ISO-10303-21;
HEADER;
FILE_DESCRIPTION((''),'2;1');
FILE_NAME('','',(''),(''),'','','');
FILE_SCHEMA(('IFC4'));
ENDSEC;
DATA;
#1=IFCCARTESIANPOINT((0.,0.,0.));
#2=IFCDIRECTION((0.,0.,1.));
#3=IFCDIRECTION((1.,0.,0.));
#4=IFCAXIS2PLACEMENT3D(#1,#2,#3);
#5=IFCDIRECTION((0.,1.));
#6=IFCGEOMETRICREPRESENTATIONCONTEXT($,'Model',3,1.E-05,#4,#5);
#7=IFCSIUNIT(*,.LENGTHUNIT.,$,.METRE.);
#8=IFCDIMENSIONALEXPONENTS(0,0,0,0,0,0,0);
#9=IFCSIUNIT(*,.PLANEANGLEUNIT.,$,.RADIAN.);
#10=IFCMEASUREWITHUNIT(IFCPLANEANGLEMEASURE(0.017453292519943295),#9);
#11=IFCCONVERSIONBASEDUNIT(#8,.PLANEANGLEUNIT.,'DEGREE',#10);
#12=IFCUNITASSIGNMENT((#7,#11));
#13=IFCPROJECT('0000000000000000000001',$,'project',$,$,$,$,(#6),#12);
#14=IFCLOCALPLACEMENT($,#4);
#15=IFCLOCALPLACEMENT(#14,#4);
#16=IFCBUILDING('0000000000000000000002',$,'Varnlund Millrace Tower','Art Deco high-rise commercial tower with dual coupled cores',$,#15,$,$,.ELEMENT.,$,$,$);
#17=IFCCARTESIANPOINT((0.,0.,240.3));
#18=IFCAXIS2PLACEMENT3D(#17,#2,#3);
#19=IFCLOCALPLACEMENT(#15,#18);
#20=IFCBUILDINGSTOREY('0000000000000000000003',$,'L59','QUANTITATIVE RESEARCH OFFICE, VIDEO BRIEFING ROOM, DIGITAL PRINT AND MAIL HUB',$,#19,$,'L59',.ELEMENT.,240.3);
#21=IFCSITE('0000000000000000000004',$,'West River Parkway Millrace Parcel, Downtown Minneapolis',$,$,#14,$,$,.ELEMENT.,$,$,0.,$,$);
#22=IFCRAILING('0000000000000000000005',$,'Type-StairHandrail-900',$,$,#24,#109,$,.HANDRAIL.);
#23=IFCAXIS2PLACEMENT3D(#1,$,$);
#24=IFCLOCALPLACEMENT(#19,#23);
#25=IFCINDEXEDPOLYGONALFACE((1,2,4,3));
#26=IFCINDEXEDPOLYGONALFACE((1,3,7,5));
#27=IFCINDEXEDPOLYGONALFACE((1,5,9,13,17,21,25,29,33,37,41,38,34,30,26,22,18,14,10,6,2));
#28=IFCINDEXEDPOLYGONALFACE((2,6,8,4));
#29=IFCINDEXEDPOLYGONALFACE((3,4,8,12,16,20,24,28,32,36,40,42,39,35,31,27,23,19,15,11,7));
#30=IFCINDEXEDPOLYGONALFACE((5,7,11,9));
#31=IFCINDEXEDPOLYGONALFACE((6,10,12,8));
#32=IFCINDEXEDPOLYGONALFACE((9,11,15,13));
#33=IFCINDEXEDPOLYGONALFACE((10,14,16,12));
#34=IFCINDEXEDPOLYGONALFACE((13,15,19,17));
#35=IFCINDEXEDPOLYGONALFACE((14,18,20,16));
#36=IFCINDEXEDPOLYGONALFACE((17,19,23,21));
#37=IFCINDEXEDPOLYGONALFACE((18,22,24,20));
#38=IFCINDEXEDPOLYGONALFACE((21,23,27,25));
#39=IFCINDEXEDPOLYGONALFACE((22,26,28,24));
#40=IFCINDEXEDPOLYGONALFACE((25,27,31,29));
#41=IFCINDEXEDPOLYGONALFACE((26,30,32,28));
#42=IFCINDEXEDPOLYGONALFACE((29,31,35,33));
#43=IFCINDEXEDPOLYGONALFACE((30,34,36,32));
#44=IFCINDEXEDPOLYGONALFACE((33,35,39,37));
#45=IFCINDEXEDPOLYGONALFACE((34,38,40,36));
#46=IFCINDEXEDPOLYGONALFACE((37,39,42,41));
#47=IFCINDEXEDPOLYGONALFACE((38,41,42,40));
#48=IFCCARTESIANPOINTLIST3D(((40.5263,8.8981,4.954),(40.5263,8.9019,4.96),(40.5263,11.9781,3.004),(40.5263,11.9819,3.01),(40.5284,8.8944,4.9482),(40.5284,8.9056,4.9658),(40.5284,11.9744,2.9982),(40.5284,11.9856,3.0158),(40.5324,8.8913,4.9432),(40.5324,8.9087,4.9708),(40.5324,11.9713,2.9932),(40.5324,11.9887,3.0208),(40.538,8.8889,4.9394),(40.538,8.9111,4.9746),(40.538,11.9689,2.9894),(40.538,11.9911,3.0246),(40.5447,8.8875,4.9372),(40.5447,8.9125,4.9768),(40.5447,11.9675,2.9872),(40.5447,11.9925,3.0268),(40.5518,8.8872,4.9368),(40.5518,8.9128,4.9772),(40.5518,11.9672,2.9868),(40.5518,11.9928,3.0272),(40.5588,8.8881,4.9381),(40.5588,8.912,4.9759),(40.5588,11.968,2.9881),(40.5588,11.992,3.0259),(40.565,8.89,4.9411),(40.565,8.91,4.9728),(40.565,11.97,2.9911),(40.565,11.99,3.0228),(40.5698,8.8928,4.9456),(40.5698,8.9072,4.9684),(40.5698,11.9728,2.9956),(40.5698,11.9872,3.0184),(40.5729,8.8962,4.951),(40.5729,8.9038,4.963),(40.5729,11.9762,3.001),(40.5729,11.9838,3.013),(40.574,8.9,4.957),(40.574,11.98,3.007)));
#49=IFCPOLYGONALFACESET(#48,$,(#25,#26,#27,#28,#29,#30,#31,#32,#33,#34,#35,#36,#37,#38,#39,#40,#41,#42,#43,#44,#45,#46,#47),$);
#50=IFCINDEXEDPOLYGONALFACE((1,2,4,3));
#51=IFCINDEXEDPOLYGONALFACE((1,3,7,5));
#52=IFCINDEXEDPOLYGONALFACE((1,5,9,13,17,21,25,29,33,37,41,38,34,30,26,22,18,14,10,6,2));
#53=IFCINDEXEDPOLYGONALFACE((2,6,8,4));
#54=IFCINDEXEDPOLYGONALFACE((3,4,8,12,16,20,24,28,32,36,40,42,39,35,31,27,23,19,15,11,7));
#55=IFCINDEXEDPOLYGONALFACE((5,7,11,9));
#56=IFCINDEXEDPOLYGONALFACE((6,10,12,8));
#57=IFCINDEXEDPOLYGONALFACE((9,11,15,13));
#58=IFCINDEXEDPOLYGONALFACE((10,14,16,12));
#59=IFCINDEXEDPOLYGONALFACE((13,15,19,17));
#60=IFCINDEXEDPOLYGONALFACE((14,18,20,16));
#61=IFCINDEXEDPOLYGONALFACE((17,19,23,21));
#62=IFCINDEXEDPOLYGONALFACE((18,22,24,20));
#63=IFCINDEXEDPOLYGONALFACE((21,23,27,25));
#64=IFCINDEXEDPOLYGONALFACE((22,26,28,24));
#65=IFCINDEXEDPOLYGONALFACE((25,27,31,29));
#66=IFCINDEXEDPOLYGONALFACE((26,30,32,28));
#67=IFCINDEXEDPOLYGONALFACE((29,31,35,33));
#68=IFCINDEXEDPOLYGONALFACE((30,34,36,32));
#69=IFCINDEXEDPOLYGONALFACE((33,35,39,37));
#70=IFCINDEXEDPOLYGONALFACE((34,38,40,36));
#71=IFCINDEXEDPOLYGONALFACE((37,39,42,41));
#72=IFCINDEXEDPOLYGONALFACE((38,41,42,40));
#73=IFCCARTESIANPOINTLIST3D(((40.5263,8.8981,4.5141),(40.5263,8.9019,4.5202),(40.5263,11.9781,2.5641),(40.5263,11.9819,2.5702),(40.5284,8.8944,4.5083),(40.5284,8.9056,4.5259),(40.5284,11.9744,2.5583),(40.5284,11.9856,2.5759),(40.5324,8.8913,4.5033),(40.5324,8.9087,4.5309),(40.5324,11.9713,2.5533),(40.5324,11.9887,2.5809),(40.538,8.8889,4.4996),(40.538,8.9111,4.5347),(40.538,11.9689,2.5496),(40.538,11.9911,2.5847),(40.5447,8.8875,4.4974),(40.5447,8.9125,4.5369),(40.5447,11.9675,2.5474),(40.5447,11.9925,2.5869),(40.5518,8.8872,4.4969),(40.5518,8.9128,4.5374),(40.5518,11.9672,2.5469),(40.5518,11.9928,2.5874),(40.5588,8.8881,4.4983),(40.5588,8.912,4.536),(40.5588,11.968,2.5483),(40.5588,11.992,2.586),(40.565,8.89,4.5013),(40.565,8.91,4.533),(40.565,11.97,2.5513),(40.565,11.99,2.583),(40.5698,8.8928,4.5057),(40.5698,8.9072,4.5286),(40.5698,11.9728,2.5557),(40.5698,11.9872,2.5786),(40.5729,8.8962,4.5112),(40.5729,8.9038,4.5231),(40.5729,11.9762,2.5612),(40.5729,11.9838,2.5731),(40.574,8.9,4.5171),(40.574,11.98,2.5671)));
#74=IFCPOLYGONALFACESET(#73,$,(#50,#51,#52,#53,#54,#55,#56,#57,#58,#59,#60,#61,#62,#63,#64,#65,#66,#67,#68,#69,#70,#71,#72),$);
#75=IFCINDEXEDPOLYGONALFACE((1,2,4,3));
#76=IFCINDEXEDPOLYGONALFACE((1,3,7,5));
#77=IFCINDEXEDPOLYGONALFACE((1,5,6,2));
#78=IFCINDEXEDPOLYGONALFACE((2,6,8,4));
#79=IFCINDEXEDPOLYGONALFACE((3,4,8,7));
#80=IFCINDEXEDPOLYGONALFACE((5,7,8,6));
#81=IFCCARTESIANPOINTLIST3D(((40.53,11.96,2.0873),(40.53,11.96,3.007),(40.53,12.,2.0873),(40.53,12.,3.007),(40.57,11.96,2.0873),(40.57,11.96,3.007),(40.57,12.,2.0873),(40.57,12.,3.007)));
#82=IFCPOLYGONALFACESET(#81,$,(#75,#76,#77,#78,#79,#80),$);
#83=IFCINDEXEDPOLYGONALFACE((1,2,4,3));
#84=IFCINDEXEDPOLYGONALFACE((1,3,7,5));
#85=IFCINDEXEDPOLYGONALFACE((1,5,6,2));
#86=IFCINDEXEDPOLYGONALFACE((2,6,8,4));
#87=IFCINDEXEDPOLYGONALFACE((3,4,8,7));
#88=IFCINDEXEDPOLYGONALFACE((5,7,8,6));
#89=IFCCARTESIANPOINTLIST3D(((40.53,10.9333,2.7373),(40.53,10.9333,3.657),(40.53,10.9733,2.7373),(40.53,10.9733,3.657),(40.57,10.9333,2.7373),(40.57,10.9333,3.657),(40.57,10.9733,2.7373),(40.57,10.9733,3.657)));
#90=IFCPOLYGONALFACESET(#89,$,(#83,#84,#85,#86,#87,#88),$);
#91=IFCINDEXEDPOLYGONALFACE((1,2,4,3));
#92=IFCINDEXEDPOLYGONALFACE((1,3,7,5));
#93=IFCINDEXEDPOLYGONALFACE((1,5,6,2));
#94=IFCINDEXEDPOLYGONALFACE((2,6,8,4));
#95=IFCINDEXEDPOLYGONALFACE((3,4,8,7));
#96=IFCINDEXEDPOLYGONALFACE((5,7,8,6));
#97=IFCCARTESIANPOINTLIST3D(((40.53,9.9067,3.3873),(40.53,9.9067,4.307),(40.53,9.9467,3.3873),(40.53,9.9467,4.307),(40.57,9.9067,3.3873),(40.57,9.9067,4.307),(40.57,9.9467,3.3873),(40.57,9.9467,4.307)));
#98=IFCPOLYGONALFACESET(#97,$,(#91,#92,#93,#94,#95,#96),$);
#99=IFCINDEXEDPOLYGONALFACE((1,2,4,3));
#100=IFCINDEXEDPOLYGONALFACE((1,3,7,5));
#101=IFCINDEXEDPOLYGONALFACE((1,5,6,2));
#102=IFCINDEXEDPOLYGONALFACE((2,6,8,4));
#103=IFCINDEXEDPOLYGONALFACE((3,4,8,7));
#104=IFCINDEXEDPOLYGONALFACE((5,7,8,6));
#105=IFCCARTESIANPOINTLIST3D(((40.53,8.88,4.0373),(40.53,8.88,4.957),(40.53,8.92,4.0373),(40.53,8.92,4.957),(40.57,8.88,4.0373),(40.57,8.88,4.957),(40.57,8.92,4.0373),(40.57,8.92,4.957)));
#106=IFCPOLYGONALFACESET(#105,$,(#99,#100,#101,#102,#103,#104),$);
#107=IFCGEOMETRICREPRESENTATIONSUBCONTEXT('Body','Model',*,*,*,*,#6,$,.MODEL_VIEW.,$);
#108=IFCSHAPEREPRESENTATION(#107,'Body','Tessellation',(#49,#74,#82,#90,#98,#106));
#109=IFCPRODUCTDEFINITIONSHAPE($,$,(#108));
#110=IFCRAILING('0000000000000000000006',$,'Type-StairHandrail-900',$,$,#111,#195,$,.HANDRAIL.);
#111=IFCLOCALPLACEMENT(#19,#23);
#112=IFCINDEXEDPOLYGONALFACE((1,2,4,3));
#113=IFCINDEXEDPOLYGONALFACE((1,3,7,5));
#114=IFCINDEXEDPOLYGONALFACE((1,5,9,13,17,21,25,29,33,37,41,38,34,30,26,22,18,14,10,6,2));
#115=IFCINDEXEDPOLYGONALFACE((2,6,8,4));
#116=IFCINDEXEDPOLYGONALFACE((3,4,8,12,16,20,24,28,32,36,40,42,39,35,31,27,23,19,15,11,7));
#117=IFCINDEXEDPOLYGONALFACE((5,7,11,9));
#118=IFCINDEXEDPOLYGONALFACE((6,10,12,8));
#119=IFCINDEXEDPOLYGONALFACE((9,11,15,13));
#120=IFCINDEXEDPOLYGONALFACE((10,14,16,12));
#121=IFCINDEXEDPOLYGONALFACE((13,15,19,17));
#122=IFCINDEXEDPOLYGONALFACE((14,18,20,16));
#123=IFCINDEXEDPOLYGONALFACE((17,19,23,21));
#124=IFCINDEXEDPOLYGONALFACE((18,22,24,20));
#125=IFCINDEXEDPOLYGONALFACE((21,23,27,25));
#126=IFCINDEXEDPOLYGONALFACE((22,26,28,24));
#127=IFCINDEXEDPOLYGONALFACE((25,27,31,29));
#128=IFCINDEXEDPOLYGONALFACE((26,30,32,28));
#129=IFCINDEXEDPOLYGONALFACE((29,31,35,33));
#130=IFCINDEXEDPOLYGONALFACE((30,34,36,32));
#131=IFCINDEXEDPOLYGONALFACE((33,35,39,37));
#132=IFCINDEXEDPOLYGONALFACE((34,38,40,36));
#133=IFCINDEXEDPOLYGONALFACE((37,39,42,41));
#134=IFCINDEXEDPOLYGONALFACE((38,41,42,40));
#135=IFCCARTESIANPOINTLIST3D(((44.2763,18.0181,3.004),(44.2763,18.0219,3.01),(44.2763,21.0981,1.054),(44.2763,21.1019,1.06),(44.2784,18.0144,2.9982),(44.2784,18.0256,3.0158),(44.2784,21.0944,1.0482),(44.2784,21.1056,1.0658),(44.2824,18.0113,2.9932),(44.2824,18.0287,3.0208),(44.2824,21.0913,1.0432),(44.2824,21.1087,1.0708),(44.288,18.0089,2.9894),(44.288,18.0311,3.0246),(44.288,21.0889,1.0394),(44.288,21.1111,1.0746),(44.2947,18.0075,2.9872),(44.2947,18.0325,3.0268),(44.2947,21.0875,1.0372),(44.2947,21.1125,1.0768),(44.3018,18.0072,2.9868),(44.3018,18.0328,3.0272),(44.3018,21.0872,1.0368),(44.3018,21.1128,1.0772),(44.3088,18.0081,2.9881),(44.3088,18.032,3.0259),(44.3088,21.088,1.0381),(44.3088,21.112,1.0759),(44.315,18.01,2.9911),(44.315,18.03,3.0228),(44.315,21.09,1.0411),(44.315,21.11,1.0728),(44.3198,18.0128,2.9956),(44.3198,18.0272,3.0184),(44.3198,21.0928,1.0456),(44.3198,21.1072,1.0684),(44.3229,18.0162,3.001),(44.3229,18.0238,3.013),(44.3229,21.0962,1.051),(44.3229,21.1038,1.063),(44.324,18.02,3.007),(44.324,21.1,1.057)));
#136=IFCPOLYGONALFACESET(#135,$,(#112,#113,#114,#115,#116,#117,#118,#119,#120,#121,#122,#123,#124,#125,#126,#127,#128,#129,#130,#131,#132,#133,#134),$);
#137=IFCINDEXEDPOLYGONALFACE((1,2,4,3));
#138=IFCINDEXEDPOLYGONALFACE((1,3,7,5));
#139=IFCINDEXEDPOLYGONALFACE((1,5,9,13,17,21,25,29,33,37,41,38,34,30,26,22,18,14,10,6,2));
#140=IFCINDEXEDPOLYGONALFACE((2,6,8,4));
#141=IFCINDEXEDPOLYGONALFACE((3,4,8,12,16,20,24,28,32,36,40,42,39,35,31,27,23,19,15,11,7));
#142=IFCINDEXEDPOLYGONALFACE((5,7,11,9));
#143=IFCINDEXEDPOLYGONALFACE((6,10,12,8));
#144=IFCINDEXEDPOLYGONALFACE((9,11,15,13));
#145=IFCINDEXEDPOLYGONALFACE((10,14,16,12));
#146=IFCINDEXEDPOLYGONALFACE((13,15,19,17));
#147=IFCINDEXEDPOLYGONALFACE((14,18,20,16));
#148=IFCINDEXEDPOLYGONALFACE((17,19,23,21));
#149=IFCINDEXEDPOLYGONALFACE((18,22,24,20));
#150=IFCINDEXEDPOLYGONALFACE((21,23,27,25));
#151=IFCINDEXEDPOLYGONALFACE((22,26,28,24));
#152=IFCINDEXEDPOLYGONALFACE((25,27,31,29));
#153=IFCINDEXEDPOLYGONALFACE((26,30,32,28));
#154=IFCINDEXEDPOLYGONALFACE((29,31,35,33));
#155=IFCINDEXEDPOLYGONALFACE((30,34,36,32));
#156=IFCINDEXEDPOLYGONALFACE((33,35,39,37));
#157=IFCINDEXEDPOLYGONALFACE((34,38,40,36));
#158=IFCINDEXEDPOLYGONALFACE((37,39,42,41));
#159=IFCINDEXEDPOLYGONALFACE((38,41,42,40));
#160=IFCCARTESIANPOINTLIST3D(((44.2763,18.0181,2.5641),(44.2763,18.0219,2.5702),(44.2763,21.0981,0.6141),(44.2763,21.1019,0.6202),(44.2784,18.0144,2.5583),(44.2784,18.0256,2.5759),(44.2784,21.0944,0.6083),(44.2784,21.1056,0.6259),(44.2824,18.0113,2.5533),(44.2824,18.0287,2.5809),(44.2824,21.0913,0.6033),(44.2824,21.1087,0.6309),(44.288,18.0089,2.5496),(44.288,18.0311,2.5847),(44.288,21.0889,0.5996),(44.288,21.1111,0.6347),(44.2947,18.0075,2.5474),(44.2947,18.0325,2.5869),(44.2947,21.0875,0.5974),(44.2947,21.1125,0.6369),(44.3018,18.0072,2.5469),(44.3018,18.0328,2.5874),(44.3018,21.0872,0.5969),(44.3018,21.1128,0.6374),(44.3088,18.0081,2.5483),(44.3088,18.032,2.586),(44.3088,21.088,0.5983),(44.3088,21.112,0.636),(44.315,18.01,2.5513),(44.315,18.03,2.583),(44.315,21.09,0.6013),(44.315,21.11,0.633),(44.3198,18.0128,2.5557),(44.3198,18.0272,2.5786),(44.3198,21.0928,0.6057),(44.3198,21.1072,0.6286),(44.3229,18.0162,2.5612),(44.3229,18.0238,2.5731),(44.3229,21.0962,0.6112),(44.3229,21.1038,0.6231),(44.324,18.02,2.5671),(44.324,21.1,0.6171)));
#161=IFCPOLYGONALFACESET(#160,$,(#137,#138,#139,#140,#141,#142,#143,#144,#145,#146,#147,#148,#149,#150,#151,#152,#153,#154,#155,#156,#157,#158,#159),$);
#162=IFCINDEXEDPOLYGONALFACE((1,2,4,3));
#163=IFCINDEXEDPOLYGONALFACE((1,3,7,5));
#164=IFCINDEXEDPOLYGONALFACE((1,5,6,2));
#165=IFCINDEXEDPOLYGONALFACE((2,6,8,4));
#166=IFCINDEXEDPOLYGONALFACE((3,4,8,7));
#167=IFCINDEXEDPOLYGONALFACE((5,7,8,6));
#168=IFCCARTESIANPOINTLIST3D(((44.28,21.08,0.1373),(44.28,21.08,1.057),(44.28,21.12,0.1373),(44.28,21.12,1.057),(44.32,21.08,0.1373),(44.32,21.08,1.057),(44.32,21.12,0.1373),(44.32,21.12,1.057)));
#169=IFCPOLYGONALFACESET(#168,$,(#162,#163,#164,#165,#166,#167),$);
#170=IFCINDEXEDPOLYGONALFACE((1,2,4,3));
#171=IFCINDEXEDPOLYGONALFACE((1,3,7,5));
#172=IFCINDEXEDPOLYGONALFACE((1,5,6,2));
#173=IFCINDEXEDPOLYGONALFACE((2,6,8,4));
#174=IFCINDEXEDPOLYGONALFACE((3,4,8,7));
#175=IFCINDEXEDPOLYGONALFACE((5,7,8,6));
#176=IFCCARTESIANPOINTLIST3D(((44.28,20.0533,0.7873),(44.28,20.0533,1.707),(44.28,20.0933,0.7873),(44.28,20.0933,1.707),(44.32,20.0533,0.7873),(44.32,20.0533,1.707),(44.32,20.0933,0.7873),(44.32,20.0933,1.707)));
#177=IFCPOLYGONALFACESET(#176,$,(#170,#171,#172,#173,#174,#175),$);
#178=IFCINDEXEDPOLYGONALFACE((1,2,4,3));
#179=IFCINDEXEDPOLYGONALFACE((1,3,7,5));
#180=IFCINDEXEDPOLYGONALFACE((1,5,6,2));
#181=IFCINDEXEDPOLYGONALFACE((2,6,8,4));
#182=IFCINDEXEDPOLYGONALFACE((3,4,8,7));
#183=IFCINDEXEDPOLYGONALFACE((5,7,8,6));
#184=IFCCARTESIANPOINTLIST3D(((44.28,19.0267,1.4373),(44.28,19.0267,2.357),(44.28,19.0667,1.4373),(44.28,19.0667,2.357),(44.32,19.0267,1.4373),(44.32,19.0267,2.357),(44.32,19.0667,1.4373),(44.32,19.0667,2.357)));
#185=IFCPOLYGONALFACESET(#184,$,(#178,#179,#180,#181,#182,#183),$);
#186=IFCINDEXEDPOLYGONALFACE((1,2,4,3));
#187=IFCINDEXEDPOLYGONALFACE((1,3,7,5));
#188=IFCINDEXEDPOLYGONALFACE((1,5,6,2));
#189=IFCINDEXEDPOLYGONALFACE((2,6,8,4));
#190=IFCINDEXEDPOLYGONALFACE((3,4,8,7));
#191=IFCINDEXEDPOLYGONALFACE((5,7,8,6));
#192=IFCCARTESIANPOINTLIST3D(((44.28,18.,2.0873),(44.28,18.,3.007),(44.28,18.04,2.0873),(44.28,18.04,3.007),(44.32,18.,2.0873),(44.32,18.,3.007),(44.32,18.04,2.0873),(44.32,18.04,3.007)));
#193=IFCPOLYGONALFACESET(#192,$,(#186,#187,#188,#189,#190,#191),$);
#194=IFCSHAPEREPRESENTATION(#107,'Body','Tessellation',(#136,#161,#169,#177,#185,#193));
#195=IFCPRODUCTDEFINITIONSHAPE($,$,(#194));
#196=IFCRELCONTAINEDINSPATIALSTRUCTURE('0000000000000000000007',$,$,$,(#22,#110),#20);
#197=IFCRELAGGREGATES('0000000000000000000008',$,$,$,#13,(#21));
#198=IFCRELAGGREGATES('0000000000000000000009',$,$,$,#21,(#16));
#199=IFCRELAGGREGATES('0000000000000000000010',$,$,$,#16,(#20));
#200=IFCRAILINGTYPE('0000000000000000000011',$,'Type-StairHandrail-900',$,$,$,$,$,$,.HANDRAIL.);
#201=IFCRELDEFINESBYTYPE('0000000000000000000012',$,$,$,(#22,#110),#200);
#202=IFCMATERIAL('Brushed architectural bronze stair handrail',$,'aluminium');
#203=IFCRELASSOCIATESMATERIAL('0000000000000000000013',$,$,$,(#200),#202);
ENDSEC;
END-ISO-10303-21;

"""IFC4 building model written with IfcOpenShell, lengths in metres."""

from ifc_helpers import new_model, entity, si_unit, converted_unit, direction, frame, origin_with_axes, origin_2d_with_axis, place, context, subcontext, project, spatial, rectangle, circle, extrude, material, type_object, element, save


model = new_model("IFC4")

# Units and contexts
model_context = context("Model", 3, precision=1e-05, world=origin_with_axes(), true_north=direction((0.0, 1.0)))
body_context = subcontext(model_context, "Body", "Model", "MODEL_VIEW")
ifc_project = project(units=[si_unit("LENGTHUNIT", "METRE"), converted_unit("PLANEANGLEUNIT", "DEGREE", entity("IfcPlaneAngleMeasure", 0.017453292519943295), si_unit("PLANEANGLEUNIT", "RADIAN"), dimensions=[0, 0, 0, 0, 0, 0, 0])], contexts=[model_context])

# Site, building, storey
site_placement = place(None, origin_with_axes())
site = spatial("IfcSite", under=ifc_project, at=site_placement, Name="West River Parkway Millrace Parcel, Downtown Minneapolis", CompositionType="ELEMENT", RefElevation=0.0)
building_placement = place(site_placement, origin_with_axes())
building = spatial("IfcBuilding", under=site, at=building_placement, Name="Varnlund Millrace Tower", Description="Art Deco high-rise commercial tower with dual coupled cores", CompositionType="ELEMENT")
storey_placement = place(building_placement, frame((0.0, 0.0, 240.3), z_axis=(0.0, 0.0, 1.0), x_axis=(1.0, 0.0, 0.0)))
storey = spatial("IfcBuildingStorey", under=building, at=storey_placement, Name="L59", Description="QUANTITATIVE RESEARCH OFFICE, VIDEO BRIEFING ROOM, DIGITAL PRINT AND MAIL HUB", LongName="L59", CompositionType="ELEMENT", Elevation=240.3)

# Railings
ifc_material_1 = material(Name="Brushed architectural bronze stair handrail", Category="aluminium")
railing_type_1 = type_object("IfcRailingType", Name="Type-StairHandrail-900", PredefinedType="HANDRAIL", material=ifc_material_1)
railing_1_placement = place(storey_placement, frame((0.0, 0.0, -240.3), z_axis=(0.0, 0.0, 1.0), x_axis=(1.0, 0.0, 0.0)))
element("IfcRailing", 1, at=railing_1_placement, inside=storey, type_object=railing_type_1, Name="Type-StairHandrail-900", PredefinedType="HANDRAIL", context=body_context, shape_type="SweptSolid", body=[
    extrude(circle(Radius=0.024, at=origin_2d_with_axis()), frame((40.55, 11.98, 243.307), z_axis=(0.0, -0.844902, 0.534922), x_axis=(1.0, 0.0, 0.0)), (0.0, 0.0, 1.0), 3.6454),
    extrude(circle(Radius=0.024, at=origin_2d_with_axis()), frame((40.55, 11.98, 242.8671), z_axis=(0.0, -0.844902, 0.534922), x_axis=(1.0, 0.0, 0.0)), (0.0, 0.0, 1.0), 3.6454),
    extrude(rectangle(XDim=0.04, YDim=0.04, at=origin_2d_with_axis()), frame((40.55, 11.98, 242.3873), z_axis=(0.0, 0.0, 1.0), x_axis=(1.0, 0.0, 0.0)), (0.0, 0.0, 1.0), 0.9197),
    extrude(rectangle(XDim=0.04, YDim=0.04, at=origin_2d_with_axis()), frame((40.55, 10.9533, 243.0373), z_axis=(0.0, 0.0, 1.0), x_axis=(1.0, 0.0, 0.0)), (0.0, 0.0, 1.0), 0.9197),
    extrude(rectangle(XDim=0.04, YDim=0.04, at=origin_2d_with_axis()), frame((40.55, 9.9267, 243.6873), z_axis=(0.0, 0.0, 1.0), x_axis=(1.0, 0.0, 0.0)), (0.0, 0.0, 1.0), 0.9197),
    extrude(rectangle(XDim=0.04, YDim=0.04, at=origin_2d_with_axis()), frame((40.55, 8.9, 244.3373), z_axis=(0.0, 0.0, 1.0), x_axis=(1.0, 0.0, 0.0)), (0.0, 0.0, 1.0), 0.9197),
])
railing_2_placement = place(storey_placement, frame((0.0, 0.0, -240.3), z_axis=(0.0, 0.0, 1.0), x_axis=(1.0, 0.0, 0.0)))
element("IfcRailing", 2, at=railing_2_placement, inside=storey, type_object=railing_type_1, Name="Type-StairHandrail-900", PredefinedType="HANDRAIL", context=body_context, shape_type="SweptSolid", body=[
    extrude(circle(Radius=0.024, at=origin_2d_with_axis()), frame((44.3, 21.1, 241.357), z_axis=(0.0, -0.844902, 0.534922), x_axis=(1.0, 0.0, 0.0)), (0.0, 0.0, 1.0), 3.6454),
    extrude(circle(Radius=0.024, at=origin_2d_with_axis()), frame((44.3, 21.1, 240.9171), z_axis=(0.0, -0.844902, 0.534922), x_axis=(1.0, 0.0, 0.0)), (0.0, 0.0, 1.0), 3.6454),
    extrude(rectangle(XDim=0.04, YDim=0.04, at=origin_2d_with_axis()), frame((44.3, 21.1, 240.4373), z_axis=(0.0, 0.0, 1.0), x_axis=(1.0, 0.0, 0.0)), (0.0, 0.0, 1.0), 0.9197),
    extrude(rectangle(XDim=0.04, YDim=0.04, at=origin_2d_with_axis()), frame((44.3, 20.0733, 241.0873), z_axis=(0.0, 0.0, 1.0), x_axis=(1.0, 0.0, 0.0)), (0.0, 0.0, 1.0), 0.9197),
    extrude(rectangle(XDim=0.04, YDim=0.04, at=origin_2d_with_axis()), frame((44.3, 19.0467, 241.7373), z_axis=(0.0, 0.0, 1.0), x_axis=(1.0, 0.0, 0.0)), (0.0, 0.0, 1.0), 0.9197),
    extrude(rectangle(XDim=0.04, YDim=0.04, at=origin_2d_with_axis()), frame((44.3, 18.02, 242.3873), z_axis=(0.0, 0.0, 1.0), x_axis=(1.0, 0.0, 0.0)), (0.0, 0.0, 1.0), 0.9197),
])

save(model, "model.ifc")
